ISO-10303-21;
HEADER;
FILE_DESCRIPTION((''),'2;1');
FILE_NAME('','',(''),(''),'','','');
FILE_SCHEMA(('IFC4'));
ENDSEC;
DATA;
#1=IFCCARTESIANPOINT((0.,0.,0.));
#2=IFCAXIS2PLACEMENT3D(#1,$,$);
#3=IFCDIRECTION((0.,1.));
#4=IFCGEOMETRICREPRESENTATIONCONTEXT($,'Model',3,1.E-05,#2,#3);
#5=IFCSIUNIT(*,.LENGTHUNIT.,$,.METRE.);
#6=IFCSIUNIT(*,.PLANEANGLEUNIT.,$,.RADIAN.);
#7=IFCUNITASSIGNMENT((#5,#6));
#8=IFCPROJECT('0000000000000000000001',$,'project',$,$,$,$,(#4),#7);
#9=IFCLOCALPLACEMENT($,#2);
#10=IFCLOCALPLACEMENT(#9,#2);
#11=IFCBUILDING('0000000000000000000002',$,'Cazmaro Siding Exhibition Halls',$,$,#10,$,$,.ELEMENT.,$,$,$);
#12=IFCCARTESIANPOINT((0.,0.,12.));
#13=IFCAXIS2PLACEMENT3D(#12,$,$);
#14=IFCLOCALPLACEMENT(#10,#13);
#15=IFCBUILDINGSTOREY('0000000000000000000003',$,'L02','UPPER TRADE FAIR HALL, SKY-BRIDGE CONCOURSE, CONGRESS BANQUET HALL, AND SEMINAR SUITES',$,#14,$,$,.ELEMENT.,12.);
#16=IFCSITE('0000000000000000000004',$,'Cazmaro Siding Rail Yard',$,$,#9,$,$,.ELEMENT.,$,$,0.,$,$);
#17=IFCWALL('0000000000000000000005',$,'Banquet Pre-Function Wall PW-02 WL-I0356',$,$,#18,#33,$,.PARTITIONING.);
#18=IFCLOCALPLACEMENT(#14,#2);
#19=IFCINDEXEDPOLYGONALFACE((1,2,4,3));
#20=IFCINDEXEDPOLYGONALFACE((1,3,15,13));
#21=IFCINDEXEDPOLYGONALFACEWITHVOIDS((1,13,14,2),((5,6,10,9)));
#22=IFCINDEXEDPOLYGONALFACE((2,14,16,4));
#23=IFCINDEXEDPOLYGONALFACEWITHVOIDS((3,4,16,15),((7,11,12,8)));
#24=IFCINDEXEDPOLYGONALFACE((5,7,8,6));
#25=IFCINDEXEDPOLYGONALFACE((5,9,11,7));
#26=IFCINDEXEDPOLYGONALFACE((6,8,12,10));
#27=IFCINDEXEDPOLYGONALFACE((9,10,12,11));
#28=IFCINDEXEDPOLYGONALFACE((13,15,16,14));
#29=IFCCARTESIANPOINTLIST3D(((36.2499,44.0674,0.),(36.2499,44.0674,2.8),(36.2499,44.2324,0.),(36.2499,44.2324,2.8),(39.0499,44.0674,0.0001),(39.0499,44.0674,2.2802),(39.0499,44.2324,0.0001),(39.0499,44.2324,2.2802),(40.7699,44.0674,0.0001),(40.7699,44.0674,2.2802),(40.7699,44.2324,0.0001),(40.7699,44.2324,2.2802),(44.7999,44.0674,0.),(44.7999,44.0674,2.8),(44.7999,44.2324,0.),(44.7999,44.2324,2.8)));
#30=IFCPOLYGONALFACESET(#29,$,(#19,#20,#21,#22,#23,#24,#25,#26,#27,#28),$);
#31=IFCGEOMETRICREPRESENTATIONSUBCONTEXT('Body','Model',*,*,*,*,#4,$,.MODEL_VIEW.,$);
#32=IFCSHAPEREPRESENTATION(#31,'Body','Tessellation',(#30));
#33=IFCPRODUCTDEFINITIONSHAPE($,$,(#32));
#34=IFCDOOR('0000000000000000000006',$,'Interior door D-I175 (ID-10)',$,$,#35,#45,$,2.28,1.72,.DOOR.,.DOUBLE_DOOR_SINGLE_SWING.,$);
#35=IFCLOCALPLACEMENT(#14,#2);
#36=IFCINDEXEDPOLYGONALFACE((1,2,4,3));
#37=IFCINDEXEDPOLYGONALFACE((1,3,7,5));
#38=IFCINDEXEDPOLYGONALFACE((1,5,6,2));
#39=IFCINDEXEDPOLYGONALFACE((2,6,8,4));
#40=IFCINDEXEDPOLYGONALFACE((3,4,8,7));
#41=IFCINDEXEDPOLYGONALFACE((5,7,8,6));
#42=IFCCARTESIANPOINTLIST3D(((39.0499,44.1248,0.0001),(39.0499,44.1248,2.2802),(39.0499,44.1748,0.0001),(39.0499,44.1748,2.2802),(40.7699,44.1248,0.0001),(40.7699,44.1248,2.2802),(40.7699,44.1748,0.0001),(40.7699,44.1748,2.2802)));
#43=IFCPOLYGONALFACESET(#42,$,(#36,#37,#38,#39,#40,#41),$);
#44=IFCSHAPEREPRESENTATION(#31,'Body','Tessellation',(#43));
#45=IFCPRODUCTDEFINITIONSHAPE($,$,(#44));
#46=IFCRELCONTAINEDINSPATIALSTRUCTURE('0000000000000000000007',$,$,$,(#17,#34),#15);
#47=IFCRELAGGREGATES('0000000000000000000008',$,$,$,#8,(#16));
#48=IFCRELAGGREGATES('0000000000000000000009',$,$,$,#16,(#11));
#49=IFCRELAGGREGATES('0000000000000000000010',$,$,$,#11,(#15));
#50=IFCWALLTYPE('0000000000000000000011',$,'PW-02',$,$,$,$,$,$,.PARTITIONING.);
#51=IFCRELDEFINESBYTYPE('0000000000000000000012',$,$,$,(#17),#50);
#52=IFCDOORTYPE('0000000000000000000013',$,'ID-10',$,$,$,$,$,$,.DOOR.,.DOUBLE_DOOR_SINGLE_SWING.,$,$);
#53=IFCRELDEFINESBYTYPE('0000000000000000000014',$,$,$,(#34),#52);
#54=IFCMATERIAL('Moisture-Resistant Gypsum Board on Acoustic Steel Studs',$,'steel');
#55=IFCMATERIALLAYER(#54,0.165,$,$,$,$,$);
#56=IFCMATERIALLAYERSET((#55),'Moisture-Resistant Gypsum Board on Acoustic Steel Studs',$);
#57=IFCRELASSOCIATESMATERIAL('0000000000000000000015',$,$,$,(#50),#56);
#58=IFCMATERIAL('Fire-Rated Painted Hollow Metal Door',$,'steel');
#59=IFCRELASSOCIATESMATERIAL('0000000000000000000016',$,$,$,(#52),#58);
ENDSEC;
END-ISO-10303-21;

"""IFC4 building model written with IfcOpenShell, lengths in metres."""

from ifc_helpers import new_model, si_unit, direction, frame, frame_2d, origin, place, context, subcontext, project, spatial, rectangle, extrude, material, layer, layer_set, type_object, element, fill, save


model = new_model("IFC4")

# Units and contexts
model_context = context("Model", 3, precision=1e-05, world=origin(), true_north=direction((0.0, 1.0)))
body_context = subcontext(model_context, "Body", "Model", "MODEL_VIEW")
ifc_project = project(units=[si_unit("LENGTHUNIT", "METRE"), si_unit("PLANEANGLEUNIT", "RADIAN")], contexts=[model_context])

# Site, building, storey
site_placement = place(None, origin())
site = spatial("IfcSite", under=ifc_project, at=site_placement, Name="Cazmaro Siding Rail Yard", CompositionType="ELEMENT", RefElevation=0.0)
building_placement = place(site_placement, origin())
building = spatial("IfcBuilding", under=site, at=building_placement, Name="Cazmaro Siding Exhibition Halls", CompositionType="ELEMENT")
storey_placement = place(building_placement, frame((0.0, 0.0, 12.0)))
storey = spatial("IfcBuildingStorey", under=building, at=storey_placement, Name="L02", Description="UPPER TRADE FAIR HALL, SKY-BRIDGE CONCOURSE, CONGRESS BANQUET HALL, AND SEMINAR SUITES", CompositionType="ELEMENT", Elevation=12.0)

# Shared definitions
ifc_material_1 = material(Name="Moisture-Resistant Gypsum Board on Acoustic Steel Studs", Category="steel")
ifc_layer_1 = layer(ifc_material_1, 0.165)
ifc_layer_set_1 = layer_set([ifc_layer_1], Name="Moisture-Resistant Gypsum Board on Acoustic Steel Studs")
wall_type_1 = type_object("IfcWallType", Name="PW-02", PredefinedType="PARTITIONING", material=ifc_layer_set_1)

# Wall, opening, door
wall_1_placement = place(storey_placement, frame((36.25, 44.1499, 0.0), z_axis=(0.0, 0.0, 1.0), x_axis=(1.0, 0.0, 0.0)))
wall_1 = element("IfcWall", 1, at=wall_1_placement, inside=storey, type_object=wall_type_1, Name="Banquet Pre-Function Wall PW-02 WL-I0356", PredefinedType="PARTITIONING", context=body_context, shape_type="SweptSolid", body=[
    extrude(rectangle(XDim=8.55, YDim=0.165, at=frame_2d((4.2749, 0.0))), origin(), (0.0, 0.0, 1.0), 2.8),
])
opening_placement = place(wall_1_placement, frame((2.8, 0.0, 0.0)))
opening = element("IfcOpeningElement", 2, at=opening_placement, cuts=wall_1, PredefinedType="OPENING", context=body_context, shape_type="SweptSolid", body=[
    extrude(rectangle(XDim=1.72, YDim=2.28, at=frame_2d((0.8599, 1.1401))), frame((0.0, 0.0925, 0.0), z_axis=(0.0, -1.0, 0.0), x_axis=(1.0, 0.0, 0.0)), (0.0, 0.0, 1.0), 0.1851),
])
ifc_material_2 = material(Name="Fire-Rated Painted Hollow Metal Door", Category="steel")
door_type = type_object("IfcDoorType", Name="ID-10", OperationType="DOUBLE_DOOR_SINGLE_SWING", PredefinedType="DOOR", material=ifc_material_2)
door_placement = place(opening_placement, origin())
door = element("IfcDoor", 3, at=door_placement, inside=storey, type_object=door_type, Name="Interior door D-I175 (ID-10)", OperationType="DOUBLE_DOOR_SINGLE_SWING", OverallHeight=2.28, OverallWidth=1.72, PredefinedType="DOOR", context=body_context, shape_type="SweptSolid", body=[
    extrude(rectangle(XDim=1.72, YDim=2.28, at=frame_2d((0.8599, 1.1401))), frame((0.0, 0.0249, 0.0), z_axis=(0.0, -1.0, 0.0), x_axis=(1.0, 0.0, 0.0)), (0.0, 0.0, 1.0), 0.05),
])
fill(opening, door)

save(model, "model.ifc")
